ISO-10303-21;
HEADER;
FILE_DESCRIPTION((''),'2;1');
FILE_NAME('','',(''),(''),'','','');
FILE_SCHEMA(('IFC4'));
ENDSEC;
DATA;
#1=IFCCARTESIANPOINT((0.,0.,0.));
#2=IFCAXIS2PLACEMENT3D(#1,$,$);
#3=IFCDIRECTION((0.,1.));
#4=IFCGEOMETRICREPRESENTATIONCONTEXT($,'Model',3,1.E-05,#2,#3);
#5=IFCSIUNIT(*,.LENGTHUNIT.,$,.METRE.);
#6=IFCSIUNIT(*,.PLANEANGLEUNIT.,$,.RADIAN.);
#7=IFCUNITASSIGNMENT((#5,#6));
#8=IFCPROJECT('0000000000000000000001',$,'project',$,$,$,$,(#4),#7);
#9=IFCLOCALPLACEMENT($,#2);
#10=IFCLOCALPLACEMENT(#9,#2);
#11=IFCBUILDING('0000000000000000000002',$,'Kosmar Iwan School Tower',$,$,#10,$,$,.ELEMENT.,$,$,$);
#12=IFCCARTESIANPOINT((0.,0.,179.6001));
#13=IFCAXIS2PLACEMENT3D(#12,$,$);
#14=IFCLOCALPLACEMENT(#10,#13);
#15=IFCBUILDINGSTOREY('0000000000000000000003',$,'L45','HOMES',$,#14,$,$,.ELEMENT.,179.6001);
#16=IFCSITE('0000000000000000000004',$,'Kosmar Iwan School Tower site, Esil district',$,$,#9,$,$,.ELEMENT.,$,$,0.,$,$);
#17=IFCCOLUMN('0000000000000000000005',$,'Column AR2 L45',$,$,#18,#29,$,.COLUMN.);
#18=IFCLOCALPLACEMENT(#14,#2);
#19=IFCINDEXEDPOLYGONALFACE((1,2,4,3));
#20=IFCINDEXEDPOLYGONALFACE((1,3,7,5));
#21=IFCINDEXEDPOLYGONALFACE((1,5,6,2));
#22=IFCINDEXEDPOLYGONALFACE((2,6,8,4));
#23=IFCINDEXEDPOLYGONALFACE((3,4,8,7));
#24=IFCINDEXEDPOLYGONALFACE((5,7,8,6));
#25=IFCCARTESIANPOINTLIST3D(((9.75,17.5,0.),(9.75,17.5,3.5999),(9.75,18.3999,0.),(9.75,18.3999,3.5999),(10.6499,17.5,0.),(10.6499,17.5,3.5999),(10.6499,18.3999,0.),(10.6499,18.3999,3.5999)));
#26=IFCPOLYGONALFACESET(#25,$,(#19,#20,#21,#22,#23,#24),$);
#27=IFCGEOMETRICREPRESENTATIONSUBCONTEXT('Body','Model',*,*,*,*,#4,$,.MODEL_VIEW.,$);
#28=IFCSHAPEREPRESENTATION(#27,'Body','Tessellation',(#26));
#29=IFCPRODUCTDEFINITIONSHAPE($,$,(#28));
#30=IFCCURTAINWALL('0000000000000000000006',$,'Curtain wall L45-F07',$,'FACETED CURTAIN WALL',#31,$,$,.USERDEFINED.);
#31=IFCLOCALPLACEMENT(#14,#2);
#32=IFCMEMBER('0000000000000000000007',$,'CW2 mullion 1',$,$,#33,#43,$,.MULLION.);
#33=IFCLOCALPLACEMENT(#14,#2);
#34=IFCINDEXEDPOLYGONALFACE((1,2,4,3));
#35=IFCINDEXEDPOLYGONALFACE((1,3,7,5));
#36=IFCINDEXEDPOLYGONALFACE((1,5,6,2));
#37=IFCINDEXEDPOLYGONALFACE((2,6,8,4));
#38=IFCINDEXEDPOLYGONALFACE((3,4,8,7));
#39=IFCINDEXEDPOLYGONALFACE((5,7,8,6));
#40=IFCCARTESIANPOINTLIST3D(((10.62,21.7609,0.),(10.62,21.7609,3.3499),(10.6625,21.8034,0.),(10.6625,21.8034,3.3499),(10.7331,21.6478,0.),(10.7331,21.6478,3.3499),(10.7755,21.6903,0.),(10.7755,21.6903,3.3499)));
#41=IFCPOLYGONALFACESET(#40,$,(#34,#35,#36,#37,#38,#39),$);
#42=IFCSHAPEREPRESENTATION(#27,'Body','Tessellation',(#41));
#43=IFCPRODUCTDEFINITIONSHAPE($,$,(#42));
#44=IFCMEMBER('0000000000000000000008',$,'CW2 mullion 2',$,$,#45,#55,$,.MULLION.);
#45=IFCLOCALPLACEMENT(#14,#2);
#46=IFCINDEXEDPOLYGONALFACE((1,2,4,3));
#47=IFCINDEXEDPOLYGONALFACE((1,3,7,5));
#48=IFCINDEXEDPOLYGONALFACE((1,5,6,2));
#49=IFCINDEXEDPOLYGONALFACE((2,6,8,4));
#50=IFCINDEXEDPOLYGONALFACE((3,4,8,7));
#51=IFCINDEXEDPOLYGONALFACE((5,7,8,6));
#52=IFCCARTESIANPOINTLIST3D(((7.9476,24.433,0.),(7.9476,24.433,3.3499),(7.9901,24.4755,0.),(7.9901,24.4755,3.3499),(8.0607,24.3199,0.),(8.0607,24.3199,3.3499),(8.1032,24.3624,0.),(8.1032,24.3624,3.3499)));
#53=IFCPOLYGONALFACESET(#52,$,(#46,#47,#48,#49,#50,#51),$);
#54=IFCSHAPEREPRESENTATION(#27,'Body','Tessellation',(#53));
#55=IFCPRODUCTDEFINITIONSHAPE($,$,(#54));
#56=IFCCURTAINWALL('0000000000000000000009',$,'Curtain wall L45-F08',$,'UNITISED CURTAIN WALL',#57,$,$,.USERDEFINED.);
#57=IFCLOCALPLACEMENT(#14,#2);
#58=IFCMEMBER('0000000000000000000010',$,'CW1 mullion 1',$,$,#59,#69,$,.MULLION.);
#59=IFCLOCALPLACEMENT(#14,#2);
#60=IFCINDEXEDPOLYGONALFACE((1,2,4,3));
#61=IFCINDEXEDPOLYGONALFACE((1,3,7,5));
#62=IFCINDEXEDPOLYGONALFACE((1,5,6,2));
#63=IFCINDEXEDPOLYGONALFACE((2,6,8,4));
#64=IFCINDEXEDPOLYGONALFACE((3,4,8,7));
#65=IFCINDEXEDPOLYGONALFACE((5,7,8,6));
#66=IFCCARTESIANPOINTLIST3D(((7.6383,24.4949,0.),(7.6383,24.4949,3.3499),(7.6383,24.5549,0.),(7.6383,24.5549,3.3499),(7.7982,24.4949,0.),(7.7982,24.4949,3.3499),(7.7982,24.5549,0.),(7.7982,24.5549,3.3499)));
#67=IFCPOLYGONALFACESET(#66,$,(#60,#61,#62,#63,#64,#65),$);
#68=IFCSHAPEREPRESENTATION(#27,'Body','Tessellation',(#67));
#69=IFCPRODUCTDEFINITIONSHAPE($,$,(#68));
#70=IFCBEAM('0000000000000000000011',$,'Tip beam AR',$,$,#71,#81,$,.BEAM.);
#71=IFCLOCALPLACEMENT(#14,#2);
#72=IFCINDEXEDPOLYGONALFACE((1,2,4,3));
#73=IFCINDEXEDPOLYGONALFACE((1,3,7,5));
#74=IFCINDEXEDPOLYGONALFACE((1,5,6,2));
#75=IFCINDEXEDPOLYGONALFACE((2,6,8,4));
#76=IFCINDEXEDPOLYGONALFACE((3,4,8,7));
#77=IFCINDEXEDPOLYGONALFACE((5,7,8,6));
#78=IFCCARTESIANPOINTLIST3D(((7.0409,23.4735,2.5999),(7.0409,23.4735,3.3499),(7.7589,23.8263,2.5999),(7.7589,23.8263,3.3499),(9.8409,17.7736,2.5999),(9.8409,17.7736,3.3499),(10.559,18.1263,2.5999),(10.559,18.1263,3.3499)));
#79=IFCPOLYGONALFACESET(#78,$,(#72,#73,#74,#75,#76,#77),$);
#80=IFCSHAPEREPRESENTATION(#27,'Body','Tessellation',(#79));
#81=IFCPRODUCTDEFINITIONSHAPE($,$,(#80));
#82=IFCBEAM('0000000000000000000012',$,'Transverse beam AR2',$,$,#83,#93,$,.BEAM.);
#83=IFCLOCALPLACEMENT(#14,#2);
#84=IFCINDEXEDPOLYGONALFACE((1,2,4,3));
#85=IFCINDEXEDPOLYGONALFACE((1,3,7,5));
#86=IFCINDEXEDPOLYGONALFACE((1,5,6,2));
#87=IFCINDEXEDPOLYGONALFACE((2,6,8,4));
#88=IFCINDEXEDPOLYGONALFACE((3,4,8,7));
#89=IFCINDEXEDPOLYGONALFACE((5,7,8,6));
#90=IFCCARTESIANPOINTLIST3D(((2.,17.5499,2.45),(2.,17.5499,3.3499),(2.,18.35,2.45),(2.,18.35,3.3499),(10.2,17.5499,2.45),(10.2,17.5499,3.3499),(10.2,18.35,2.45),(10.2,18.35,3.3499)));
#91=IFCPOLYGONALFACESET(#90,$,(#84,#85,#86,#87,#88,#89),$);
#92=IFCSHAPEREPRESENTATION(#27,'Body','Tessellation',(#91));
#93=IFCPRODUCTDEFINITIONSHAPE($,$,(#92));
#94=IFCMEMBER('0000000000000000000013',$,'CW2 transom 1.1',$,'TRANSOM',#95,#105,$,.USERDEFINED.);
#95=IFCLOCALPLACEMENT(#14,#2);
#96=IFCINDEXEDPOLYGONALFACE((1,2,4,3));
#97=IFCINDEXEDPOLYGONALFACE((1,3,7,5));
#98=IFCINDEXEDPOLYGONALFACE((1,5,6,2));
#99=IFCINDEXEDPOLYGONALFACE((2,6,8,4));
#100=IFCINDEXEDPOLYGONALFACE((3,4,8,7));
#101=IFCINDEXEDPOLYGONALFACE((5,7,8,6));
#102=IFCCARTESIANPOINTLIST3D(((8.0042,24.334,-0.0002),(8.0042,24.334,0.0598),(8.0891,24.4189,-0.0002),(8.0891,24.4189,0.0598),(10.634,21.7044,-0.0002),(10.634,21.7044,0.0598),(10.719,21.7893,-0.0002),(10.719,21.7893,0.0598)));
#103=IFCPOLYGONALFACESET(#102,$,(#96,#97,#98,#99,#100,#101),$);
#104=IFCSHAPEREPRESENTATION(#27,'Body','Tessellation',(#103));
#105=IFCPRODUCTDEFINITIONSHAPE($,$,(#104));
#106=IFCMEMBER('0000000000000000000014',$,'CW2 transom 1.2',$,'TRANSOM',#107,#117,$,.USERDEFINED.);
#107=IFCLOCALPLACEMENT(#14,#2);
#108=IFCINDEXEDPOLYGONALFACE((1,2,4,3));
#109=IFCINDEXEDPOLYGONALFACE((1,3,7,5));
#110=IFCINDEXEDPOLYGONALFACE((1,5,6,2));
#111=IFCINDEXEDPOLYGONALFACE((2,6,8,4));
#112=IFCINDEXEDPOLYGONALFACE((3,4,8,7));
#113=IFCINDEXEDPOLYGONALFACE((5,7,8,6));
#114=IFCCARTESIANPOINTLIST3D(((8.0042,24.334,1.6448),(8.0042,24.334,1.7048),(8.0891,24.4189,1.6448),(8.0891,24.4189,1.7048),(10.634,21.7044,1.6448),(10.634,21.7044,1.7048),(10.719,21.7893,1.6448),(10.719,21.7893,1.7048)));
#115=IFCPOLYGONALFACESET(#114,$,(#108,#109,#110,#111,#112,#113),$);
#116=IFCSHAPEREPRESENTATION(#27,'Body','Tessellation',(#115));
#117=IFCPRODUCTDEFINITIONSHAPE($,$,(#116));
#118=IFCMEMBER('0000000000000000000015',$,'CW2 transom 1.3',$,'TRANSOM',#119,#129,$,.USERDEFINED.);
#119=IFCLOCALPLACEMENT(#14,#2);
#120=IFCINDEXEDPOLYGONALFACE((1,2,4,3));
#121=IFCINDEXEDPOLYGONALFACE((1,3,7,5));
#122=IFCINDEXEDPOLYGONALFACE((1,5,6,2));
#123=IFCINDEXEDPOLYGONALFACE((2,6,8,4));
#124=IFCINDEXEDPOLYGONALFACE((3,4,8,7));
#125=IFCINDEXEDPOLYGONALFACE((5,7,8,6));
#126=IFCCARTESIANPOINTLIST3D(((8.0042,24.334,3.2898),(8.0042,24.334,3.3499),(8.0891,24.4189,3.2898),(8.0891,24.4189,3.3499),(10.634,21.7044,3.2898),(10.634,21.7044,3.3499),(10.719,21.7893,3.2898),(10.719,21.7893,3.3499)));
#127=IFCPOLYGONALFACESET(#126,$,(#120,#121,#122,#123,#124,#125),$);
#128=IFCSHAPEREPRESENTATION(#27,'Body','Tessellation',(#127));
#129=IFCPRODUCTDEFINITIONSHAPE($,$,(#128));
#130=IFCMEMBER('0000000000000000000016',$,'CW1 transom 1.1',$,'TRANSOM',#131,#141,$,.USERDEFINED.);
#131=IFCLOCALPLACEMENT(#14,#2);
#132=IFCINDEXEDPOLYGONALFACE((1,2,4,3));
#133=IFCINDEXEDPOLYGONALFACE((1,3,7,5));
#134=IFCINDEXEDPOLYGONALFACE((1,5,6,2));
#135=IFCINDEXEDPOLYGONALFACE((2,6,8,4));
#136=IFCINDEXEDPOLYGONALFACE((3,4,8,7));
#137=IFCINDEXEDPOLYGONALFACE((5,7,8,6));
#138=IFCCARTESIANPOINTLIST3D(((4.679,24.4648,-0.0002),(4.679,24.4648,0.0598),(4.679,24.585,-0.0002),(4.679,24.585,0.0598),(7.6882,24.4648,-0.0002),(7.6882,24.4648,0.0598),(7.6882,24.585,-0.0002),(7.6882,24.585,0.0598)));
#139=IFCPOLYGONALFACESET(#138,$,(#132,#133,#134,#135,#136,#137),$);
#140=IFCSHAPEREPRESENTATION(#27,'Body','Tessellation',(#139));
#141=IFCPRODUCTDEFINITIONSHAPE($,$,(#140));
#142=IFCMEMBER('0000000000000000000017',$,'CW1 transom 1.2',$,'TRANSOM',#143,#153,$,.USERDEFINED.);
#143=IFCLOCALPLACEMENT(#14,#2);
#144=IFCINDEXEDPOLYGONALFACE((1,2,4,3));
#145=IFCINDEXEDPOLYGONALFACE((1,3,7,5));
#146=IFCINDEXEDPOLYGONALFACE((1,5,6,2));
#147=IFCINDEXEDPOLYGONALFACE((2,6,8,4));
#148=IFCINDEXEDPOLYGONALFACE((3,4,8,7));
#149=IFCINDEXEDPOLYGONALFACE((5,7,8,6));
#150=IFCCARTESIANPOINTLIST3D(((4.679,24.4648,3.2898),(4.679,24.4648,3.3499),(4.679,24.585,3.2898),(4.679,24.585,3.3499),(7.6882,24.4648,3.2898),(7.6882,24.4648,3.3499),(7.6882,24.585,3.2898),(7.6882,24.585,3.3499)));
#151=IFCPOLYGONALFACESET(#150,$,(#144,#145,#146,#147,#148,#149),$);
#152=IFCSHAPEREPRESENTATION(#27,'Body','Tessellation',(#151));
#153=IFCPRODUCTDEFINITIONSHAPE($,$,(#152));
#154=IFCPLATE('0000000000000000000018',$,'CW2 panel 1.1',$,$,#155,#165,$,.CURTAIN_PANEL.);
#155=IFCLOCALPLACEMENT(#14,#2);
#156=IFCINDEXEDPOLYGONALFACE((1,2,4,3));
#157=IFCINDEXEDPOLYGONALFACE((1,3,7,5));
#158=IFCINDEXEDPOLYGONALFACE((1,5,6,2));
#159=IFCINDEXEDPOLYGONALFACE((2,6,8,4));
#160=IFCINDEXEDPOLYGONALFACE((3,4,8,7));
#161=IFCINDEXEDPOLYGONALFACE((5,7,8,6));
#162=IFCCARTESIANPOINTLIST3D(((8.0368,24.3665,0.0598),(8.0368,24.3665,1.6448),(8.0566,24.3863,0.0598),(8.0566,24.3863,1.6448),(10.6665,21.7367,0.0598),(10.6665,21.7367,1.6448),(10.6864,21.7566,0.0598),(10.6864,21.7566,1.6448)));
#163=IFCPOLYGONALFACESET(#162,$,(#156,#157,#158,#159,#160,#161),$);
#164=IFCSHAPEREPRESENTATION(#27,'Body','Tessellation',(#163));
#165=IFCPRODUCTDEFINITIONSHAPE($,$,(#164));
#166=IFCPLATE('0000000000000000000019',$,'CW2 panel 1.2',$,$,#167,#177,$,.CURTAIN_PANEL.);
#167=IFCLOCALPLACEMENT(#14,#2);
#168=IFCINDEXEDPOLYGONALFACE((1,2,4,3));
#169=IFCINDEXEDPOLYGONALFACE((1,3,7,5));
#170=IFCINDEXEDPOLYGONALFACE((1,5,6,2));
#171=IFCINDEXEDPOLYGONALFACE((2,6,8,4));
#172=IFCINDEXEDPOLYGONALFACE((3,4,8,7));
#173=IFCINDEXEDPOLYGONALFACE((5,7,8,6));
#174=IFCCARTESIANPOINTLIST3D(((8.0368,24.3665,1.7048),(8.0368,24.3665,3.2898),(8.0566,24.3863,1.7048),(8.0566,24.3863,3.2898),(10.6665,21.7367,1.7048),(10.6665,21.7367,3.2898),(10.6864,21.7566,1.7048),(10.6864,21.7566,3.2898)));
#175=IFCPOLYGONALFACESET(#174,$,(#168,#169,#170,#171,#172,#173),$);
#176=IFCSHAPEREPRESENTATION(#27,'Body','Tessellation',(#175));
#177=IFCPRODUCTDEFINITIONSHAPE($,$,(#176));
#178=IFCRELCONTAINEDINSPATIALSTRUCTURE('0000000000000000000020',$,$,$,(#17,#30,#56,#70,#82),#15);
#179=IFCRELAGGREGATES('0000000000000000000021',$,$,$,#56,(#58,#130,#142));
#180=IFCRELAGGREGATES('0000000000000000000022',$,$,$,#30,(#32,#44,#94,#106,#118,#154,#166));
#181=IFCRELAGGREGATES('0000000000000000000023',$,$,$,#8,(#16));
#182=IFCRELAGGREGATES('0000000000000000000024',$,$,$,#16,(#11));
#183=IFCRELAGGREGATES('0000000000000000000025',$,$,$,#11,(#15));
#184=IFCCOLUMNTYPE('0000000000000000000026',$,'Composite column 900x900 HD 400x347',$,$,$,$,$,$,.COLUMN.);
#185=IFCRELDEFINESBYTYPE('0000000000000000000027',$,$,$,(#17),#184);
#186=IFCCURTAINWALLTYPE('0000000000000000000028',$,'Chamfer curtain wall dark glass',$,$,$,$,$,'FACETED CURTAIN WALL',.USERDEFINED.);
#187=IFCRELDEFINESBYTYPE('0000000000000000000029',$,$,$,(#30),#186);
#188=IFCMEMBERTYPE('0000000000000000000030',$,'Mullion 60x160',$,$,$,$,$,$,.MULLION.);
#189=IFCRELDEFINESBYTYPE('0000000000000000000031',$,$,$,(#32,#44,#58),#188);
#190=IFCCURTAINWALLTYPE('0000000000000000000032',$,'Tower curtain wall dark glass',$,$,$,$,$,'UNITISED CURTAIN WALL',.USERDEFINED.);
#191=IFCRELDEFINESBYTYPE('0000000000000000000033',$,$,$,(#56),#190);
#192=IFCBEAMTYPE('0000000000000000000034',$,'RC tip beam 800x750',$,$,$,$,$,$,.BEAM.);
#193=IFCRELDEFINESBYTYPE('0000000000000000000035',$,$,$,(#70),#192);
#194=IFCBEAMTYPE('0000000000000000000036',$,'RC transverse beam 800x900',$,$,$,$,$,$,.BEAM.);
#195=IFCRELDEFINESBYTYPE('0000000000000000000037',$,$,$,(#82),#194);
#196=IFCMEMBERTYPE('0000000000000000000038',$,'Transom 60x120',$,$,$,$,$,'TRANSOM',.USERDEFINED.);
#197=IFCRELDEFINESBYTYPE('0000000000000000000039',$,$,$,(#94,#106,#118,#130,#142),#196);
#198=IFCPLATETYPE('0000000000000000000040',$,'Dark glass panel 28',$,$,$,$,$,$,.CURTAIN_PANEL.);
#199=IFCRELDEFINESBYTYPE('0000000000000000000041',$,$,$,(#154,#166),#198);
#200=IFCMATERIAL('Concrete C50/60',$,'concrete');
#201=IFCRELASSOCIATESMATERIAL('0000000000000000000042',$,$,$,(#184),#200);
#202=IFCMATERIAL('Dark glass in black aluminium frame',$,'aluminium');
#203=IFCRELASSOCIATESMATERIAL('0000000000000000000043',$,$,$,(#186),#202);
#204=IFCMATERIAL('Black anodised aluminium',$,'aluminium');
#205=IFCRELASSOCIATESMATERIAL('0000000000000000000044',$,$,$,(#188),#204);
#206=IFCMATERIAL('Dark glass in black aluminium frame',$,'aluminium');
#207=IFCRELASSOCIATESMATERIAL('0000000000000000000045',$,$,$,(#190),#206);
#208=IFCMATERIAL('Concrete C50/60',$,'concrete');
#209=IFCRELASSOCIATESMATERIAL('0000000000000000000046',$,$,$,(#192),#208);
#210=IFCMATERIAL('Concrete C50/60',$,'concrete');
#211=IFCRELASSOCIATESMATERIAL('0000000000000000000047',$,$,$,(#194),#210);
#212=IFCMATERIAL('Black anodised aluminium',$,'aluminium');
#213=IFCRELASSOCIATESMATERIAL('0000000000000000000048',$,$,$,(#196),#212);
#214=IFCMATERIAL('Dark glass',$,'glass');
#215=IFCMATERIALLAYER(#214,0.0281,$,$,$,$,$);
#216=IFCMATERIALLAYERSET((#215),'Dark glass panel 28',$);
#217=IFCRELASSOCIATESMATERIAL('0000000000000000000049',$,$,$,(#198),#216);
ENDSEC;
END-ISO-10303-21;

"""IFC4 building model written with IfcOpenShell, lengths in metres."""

from ifc_helpers import new_model, si_unit, direction, frame, origin, origin_2d, place, context, subcontext, project, spatial, rectangle, extrude, material, layer, layer_set, material_profile, profile_set, type_object, element, aggregate, save


model = new_model("IFC4")

# Units and contexts
model_context = context("Model", 3, precision=1e-05, world=origin(), true_north=direction((0.0, 1.0)))
body_context = subcontext(model_context, "Body", "Model", "MODEL_VIEW")
ifc_project = project(units=[si_unit("LENGTHUNIT", "METRE"), si_unit("PLANEANGLEUNIT", "RADIAN")], contexts=[model_context])

# Site, building, storey
site_placement = place(None, origin())
site = spatial("IfcSite", under=ifc_project, at=site_placement, Name="Kosmar Iwan School Tower site, Esil district", CompositionType="ELEMENT", RefElevation=0.0)
building_placement = place(site_placement, origin())
building = spatial("IfcBuilding", under=site, at=building_placement, Name="Kosmar Iwan School Tower", CompositionType="ELEMENT")
storey_placement = place(building_placement, frame((0.0, 0.0, 179.6001)))
storey = spatial("IfcBuildingStorey", under=building, at=storey_placement, Name="L45", Description="HOMES", CompositionType="ELEMENT", Elevation=179.6001)

# Column
ifc_material_1 = material(Name="Concrete C50/60", Category="concrete")
ifc_material_profile_1 = material_profile(ifc_material_1, rectangle(XDim=0.8999, YDim=0.8999, at=origin_2d()), Name="RC 900x900 + HD 400x347")
ifc_profile_set_1 = profile_set([ifc_material_profile_1], Name="Concrete C50/60")
column_type = type_object("IfcColumnType", Name="Composite column 900x900 HD 400x347", PredefinedType="COLUMN", material=ifc_profile_set_1)
column_placement = place(storey_placement, frame((10.2, 17.95, 0.0), z_axis=(0.0, 0.0, 1.0), x_axis=(0.0, 1.0, 0.0)))
element("IfcColumn", 1, at=column_placement, inside=storey, type_object=column_type, Name="Column AR2 L45", PredefinedType="COLUMN", context=body_context, shape_type="SweptSolid", body=[
    extrude(rectangle(XDim=0.8999, YDim=0.8999, at=origin_2d()), origin(), (0.0, 0.0, 1.0), 3.5999),
])

# Curtain wall, members
ifc_material_2 = material(Name="Dark glass in black aluminium frame", Category="aluminium")
curtain_wall_type_1 = type_object("IfcCurtainWallType", Name="Chamfer curtain wall dark glass", ElementType="FACETED CURTAIN WALL", PredefinedType="USERDEFINED", material=ifc_material_2)
curtain_wall_1_placement = place(storey_placement, origin())
curtain_wall_1 = element("IfcCurtainWall", 2, at=curtain_wall_1_placement, inside=storey, type_object=curtain_wall_type_1, Name="Curtain wall L45-F07", ObjectType="FACETED CURTAIN WALL", PredefinedType="USERDEFINED")
ifc_material_3 = material(Name="Black anodised aluminium", Category="aluminium")
ifc_material_profile_2 = material_profile(ifc_material_3, rectangle(XDim=0.0601, YDim=0.1599, at=origin_2d()), Name="MULLION 60x160")
ifc_profile_set_2 = profile_set([ifc_material_profile_2], Name="Black anodised aluminium")
member_type_1 = type_object("IfcMemberType", Name="Mullion 60x160", PredefinedType="MULLION", material=ifc_profile_set_2)
member_1_placement = place(storey_placement, frame((10.6978, 21.7256, 0.0), z_axis=(0.0, 0.0, 1.0), x_axis=(-0.707107, -0.707107, 0.0)))
member_1 = element("IfcMember", 3, at=member_1_placement, type_object=member_type_1, Name="CW2 mullion 1", PredefinedType="MULLION", context=body_context, shape_type="SweptSolid", body=[
    extrude(rectangle(XDim=0.0601, YDim=0.1599, at=origin_2d()), origin(), (0.0, 0.0, 1.0), 3.3499),
])
member_2_placement = place(storey_placement, frame((8.0254, 24.3977, 0.0), z_axis=(0.0, 0.0, 1.0), x_axis=(-0.707107, -0.707107, 0.0)))
member_2 = element("IfcMember", 4, at=member_2_placement, type_object=member_type_1, Name="CW2 mullion 2", PredefinedType="MULLION", context=body_context, shape_type="SweptSolid", body=[
    extrude(rectangle(XDim=0.0601, YDim=0.1599, at=origin_2d()), origin(), (0.0, 0.0, 1.0), 3.3499),
])

# Curtain wall, member
ifc_material_4 = material(Name="Dark glass in black aluminium frame", Category="aluminium")
curtain_wall_type_2 = type_object("IfcCurtainWallType", Name="Tower curtain wall dark glass", ElementType="UNITISED CURTAIN WALL", PredefinedType="USERDEFINED", material=ifc_material_4)
curtain_wall_2_placement = place(storey_placement, origin())
curtain_wall_2 = element("IfcCurtainWall", 5, at=curtain_wall_2_placement, inside=storey, type_object=curtain_wall_type_2, Name="Curtain wall L45-F08", ObjectType="UNITISED CURTAIN WALL", PredefinedType="USERDEFINED")
member_3_placement = place(storey_placement, frame((7.7183, 24.5249, 0.0), z_axis=(0.0, 0.0, 1.0), x_axis=(0.0, -1.0, 0.0)))
member_3 = element("IfcMember", 6, at=member_3_placement, type_object=member_type_1, Name="CW1 mullion 1", PredefinedType="MULLION", context=body_context, shape_type="SweptSolid", body=[
    extrude(rectangle(XDim=0.0601, YDim=0.1599, at=origin_2d()), origin(), (0.0, 0.0, 1.0), 3.3499),
])

# Beams
ifc_material_5 = material(Name="Concrete C50/60", Category="concrete")
ifc_material_profile_3 = material_profile(ifc_material_5, rectangle(XDim=0.8, YDim=0.75, at=origin_2d()), Name="RC 800x750")
ifc_profile_set_3 = profile_set([ifc_material_profile_3], Name="Concrete C50/60")
beam_type_1 = type_object("IfcBeamType", Name="RC tip beam 800x750", PredefinedType="BEAM", material=ifc_profile_set_3)
beam_1_placement = place(storey_placement, frame((10.2, 17.95, 2.9749), z_axis=(-0.440913, 0.89755, 0.0), x_axis=(-0.89755, -0.440913, 0.0)))
element("IfcBeam", 7, at=beam_1_placement, inside=storey, type_object=beam_type_1, Name="Tip beam AR", PredefinedType="BEAM", context=body_context, shape_type="SweptSolid", body=[
    extrude(rectangle(XDim=0.8, YDim=0.75, at=origin_2d()), origin(), (0.0, 0.0, 1.0), 6.3506),
])
ifc_material_6 = material(Name="Concrete C50/60", Category="concrete")
ifc_material_profile_4 = material_profile(ifc_material_6, rectangle(XDim=0.8, YDim=0.8999, at=origin_2d()), Name="RC 800x900")
ifc_profile_set_4 = profile_set([ifc_material_profile_4], Name="Concrete C50/60")
beam_type_2 = type_object("IfcBeamType", Name="RC transverse beam 800x900", PredefinedType="BEAM", material=ifc_profile_set_4)
beam_2_placement = place(storey_placement, frame((10.2, 17.95, 2.8999), z_axis=(-1.0, 0.0, 0.0), x_axis=(0.0, -1.0, 0.0)))
element("IfcBeam", 8, at=beam_2_placement, inside=storey, type_object=beam_type_2, Name="Transverse beam AR2", PredefinedType="BEAM", context=body_context, shape_type="SweptSolid", body=[
    extrude(rectangle(XDim=0.8, YDim=0.8999, at=origin_2d()), origin(), (0.0, 0.0, 1.0), 8.2),
])

# Members
ifc_material_7 = material(Name="Black anodised aluminium", Category="aluminium")
ifc_material_profile_5 = material_profile(ifc_material_7, rectangle(XDim=0.1201, YDim=0.0601, at=origin_2d()), Name="TRANSOM 60x120")
ifc_profile_set_5 = profile_set([ifc_material_profile_5], Name="Black anodised aluminium")
member_type_2 = type_object("IfcMemberType", Name="Transom 60x120", ElementType="TRANSOM", PredefinedType="USERDEFINED", material=ifc_profile_set_5)
member_4_placement = place(storey_placement, frame((10.6765, 21.7468, 0.0298), z_axis=(-0.70714, 0.707074, 0.0), x_axis=(-0.707074, -0.70714, 0.0)))
member_4 = element("IfcMember", 9, at=member_4_placement, type_object=member_type_2, Name="CW2 transom 1.1", ObjectType="TRANSOM", PredefinedType="USERDEFINED", context=body_context, shape_type="SweptSolid", body=[
    extrude(rectangle(XDim=0.1201, YDim=0.0601, at=origin_2d()), origin(), (0.0, 0.0, 1.0), 3.719),
])
member_5_placement = place(storey_placement, frame((10.6765, 21.7468, 1.6748), z_axis=(-0.70714, 0.707074, 0.0), x_axis=(-0.707074, -0.70714, 0.0)))
member_5 = element("IfcMember", 10, at=member_5_placement, type_object=member_type_2, Name="CW2 transom 1.2", ObjectType="TRANSOM", PredefinedType="USERDEFINED", context=body_context, shape_type="SweptSolid", body=[
    extrude(rectangle(XDim=0.1201, YDim=0.0601, at=origin_2d()), origin(), (0.0, 0.0, 1.0), 3.719),
])
member_6_placement = place(storey_placement, frame((10.6765, 21.7468, 3.3198), z_axis=(-0.70714, 0.707074, 0.0), x_axis=(-0.707074, -0.70714, 0.0)))
member_6 = element("IfcMember", 11, at=member_6_placement, type_object=member_type_2, Name="CW2 transom 1.3", ObjectType="TRANSOM", PredefinedType="USERDEFINED", context=body_context, shape_type="SweptSolid", body=[
    extrude(rectangle(XDim=0.1201, YDim=0.0601, at=origin_2d()), origin(), (0.0, 0.0, 1.0), 3.719),
])
member_7_placement = place(storey_placement, frame((7.6882, 24.5249, 0.0298), z_axis=(-1.0, 0.0, 0.0), x_axis=(0.0, -1.0, 0.0)))
member_7 = element("IfcMember", 12, at=member_7_placement, type_object=member_type_2, Name="CW1 transom 1.1", ObjectType="TRANSOM", PredefinedType="USERDEFINED", context=body_context, shape_type="SweptSolid", body=[
    extrude(rectangle(XDim=0.1201, YDim=0.0601, at=origin_2d()), origin(), (0.0, 0.0, 1.0), 3.0093),
])
member_8_placement = place(storey_placement, frame((7.6882, 24.5249, 3.3198), z_axis=(-1.0, 0.0, 0.0), x_axis=(0.0, -1.0, 0.0)))
member_8 = element("IfcMember", 13, at=member_8_placement, type_object=member_type_2, Name="CW1 transom 1.2", ObjectType="TRANSOM", PredefinedType="USERDEFINED", context=body_context, shape_type="SweptSolid", body=[
    extrude(rectangle(XDim=0.1201, YDim=0.0601, at=origin_2d()), origin(), (0.0, 0.0, 1.0), 3.0093),
])
aggregate(curtain_wall_2, [member_3, member_7, member_8])

# Plates
ifc_material_8 = material(Name="Dark glass", Category="glass")
ifc_layer = layer(ifc_material_8, 0.0281)
ifc_layer_set = layer_set([ifc_layer], Name="Dark glass panel 28")
plate_type = type_object("IfcPlateType", Name="Dark glass panel 28", PredefinedType="CURTAIN_PANEL", material=ifc_layer_set)
plate_1_placement = place(storey_placement, frame((9.3616, 23.0615, 0.0598), z_axis=(0.0, 0.0, 1.0), x_axis=(-0.707107, 0.707107, 0.0)))
plate_1 = element("IfcPlate", 14, at=plate_1_placement, type_object=plate_type, Name="CW2 panel 1.1", PredefinedType="CURTAIN_PANEL", context=body_context, shape_type="SweptSolid", body=[
    extrude(rectangle(XDim=3.719, YDim=0.0281, at=origin_2d()), origin(), (0.0, 0.0, 1.0), 1.585),
])
plate_2_placement = place(storey_placement, frame((9.3616, 23.0615, 1.7048), z_axis=(0.0, 0.0, 1.0), x_axis=(-0.707107, 0.707107, 0.0)))
plate_2 = element("IfcPlate", 15, at=plate_2_placement, type_object=plate_type, Name="CW2 panel 1.2", PredefinedType="CURTAIN_PANEL", context=body_context, shape_type="SweptSolid", body=[
    extrude(rectangle(XDim=3.719, YDim=0.0281, at=origin_2d()), origin(), (0.0, 0.0, 1.0), 1.585),
])
aggregate(curtain_wall_1, [member_1, member_2, member_4, member_5, member_6, plate_1, plate_2])

save(model, "model.ifc")
